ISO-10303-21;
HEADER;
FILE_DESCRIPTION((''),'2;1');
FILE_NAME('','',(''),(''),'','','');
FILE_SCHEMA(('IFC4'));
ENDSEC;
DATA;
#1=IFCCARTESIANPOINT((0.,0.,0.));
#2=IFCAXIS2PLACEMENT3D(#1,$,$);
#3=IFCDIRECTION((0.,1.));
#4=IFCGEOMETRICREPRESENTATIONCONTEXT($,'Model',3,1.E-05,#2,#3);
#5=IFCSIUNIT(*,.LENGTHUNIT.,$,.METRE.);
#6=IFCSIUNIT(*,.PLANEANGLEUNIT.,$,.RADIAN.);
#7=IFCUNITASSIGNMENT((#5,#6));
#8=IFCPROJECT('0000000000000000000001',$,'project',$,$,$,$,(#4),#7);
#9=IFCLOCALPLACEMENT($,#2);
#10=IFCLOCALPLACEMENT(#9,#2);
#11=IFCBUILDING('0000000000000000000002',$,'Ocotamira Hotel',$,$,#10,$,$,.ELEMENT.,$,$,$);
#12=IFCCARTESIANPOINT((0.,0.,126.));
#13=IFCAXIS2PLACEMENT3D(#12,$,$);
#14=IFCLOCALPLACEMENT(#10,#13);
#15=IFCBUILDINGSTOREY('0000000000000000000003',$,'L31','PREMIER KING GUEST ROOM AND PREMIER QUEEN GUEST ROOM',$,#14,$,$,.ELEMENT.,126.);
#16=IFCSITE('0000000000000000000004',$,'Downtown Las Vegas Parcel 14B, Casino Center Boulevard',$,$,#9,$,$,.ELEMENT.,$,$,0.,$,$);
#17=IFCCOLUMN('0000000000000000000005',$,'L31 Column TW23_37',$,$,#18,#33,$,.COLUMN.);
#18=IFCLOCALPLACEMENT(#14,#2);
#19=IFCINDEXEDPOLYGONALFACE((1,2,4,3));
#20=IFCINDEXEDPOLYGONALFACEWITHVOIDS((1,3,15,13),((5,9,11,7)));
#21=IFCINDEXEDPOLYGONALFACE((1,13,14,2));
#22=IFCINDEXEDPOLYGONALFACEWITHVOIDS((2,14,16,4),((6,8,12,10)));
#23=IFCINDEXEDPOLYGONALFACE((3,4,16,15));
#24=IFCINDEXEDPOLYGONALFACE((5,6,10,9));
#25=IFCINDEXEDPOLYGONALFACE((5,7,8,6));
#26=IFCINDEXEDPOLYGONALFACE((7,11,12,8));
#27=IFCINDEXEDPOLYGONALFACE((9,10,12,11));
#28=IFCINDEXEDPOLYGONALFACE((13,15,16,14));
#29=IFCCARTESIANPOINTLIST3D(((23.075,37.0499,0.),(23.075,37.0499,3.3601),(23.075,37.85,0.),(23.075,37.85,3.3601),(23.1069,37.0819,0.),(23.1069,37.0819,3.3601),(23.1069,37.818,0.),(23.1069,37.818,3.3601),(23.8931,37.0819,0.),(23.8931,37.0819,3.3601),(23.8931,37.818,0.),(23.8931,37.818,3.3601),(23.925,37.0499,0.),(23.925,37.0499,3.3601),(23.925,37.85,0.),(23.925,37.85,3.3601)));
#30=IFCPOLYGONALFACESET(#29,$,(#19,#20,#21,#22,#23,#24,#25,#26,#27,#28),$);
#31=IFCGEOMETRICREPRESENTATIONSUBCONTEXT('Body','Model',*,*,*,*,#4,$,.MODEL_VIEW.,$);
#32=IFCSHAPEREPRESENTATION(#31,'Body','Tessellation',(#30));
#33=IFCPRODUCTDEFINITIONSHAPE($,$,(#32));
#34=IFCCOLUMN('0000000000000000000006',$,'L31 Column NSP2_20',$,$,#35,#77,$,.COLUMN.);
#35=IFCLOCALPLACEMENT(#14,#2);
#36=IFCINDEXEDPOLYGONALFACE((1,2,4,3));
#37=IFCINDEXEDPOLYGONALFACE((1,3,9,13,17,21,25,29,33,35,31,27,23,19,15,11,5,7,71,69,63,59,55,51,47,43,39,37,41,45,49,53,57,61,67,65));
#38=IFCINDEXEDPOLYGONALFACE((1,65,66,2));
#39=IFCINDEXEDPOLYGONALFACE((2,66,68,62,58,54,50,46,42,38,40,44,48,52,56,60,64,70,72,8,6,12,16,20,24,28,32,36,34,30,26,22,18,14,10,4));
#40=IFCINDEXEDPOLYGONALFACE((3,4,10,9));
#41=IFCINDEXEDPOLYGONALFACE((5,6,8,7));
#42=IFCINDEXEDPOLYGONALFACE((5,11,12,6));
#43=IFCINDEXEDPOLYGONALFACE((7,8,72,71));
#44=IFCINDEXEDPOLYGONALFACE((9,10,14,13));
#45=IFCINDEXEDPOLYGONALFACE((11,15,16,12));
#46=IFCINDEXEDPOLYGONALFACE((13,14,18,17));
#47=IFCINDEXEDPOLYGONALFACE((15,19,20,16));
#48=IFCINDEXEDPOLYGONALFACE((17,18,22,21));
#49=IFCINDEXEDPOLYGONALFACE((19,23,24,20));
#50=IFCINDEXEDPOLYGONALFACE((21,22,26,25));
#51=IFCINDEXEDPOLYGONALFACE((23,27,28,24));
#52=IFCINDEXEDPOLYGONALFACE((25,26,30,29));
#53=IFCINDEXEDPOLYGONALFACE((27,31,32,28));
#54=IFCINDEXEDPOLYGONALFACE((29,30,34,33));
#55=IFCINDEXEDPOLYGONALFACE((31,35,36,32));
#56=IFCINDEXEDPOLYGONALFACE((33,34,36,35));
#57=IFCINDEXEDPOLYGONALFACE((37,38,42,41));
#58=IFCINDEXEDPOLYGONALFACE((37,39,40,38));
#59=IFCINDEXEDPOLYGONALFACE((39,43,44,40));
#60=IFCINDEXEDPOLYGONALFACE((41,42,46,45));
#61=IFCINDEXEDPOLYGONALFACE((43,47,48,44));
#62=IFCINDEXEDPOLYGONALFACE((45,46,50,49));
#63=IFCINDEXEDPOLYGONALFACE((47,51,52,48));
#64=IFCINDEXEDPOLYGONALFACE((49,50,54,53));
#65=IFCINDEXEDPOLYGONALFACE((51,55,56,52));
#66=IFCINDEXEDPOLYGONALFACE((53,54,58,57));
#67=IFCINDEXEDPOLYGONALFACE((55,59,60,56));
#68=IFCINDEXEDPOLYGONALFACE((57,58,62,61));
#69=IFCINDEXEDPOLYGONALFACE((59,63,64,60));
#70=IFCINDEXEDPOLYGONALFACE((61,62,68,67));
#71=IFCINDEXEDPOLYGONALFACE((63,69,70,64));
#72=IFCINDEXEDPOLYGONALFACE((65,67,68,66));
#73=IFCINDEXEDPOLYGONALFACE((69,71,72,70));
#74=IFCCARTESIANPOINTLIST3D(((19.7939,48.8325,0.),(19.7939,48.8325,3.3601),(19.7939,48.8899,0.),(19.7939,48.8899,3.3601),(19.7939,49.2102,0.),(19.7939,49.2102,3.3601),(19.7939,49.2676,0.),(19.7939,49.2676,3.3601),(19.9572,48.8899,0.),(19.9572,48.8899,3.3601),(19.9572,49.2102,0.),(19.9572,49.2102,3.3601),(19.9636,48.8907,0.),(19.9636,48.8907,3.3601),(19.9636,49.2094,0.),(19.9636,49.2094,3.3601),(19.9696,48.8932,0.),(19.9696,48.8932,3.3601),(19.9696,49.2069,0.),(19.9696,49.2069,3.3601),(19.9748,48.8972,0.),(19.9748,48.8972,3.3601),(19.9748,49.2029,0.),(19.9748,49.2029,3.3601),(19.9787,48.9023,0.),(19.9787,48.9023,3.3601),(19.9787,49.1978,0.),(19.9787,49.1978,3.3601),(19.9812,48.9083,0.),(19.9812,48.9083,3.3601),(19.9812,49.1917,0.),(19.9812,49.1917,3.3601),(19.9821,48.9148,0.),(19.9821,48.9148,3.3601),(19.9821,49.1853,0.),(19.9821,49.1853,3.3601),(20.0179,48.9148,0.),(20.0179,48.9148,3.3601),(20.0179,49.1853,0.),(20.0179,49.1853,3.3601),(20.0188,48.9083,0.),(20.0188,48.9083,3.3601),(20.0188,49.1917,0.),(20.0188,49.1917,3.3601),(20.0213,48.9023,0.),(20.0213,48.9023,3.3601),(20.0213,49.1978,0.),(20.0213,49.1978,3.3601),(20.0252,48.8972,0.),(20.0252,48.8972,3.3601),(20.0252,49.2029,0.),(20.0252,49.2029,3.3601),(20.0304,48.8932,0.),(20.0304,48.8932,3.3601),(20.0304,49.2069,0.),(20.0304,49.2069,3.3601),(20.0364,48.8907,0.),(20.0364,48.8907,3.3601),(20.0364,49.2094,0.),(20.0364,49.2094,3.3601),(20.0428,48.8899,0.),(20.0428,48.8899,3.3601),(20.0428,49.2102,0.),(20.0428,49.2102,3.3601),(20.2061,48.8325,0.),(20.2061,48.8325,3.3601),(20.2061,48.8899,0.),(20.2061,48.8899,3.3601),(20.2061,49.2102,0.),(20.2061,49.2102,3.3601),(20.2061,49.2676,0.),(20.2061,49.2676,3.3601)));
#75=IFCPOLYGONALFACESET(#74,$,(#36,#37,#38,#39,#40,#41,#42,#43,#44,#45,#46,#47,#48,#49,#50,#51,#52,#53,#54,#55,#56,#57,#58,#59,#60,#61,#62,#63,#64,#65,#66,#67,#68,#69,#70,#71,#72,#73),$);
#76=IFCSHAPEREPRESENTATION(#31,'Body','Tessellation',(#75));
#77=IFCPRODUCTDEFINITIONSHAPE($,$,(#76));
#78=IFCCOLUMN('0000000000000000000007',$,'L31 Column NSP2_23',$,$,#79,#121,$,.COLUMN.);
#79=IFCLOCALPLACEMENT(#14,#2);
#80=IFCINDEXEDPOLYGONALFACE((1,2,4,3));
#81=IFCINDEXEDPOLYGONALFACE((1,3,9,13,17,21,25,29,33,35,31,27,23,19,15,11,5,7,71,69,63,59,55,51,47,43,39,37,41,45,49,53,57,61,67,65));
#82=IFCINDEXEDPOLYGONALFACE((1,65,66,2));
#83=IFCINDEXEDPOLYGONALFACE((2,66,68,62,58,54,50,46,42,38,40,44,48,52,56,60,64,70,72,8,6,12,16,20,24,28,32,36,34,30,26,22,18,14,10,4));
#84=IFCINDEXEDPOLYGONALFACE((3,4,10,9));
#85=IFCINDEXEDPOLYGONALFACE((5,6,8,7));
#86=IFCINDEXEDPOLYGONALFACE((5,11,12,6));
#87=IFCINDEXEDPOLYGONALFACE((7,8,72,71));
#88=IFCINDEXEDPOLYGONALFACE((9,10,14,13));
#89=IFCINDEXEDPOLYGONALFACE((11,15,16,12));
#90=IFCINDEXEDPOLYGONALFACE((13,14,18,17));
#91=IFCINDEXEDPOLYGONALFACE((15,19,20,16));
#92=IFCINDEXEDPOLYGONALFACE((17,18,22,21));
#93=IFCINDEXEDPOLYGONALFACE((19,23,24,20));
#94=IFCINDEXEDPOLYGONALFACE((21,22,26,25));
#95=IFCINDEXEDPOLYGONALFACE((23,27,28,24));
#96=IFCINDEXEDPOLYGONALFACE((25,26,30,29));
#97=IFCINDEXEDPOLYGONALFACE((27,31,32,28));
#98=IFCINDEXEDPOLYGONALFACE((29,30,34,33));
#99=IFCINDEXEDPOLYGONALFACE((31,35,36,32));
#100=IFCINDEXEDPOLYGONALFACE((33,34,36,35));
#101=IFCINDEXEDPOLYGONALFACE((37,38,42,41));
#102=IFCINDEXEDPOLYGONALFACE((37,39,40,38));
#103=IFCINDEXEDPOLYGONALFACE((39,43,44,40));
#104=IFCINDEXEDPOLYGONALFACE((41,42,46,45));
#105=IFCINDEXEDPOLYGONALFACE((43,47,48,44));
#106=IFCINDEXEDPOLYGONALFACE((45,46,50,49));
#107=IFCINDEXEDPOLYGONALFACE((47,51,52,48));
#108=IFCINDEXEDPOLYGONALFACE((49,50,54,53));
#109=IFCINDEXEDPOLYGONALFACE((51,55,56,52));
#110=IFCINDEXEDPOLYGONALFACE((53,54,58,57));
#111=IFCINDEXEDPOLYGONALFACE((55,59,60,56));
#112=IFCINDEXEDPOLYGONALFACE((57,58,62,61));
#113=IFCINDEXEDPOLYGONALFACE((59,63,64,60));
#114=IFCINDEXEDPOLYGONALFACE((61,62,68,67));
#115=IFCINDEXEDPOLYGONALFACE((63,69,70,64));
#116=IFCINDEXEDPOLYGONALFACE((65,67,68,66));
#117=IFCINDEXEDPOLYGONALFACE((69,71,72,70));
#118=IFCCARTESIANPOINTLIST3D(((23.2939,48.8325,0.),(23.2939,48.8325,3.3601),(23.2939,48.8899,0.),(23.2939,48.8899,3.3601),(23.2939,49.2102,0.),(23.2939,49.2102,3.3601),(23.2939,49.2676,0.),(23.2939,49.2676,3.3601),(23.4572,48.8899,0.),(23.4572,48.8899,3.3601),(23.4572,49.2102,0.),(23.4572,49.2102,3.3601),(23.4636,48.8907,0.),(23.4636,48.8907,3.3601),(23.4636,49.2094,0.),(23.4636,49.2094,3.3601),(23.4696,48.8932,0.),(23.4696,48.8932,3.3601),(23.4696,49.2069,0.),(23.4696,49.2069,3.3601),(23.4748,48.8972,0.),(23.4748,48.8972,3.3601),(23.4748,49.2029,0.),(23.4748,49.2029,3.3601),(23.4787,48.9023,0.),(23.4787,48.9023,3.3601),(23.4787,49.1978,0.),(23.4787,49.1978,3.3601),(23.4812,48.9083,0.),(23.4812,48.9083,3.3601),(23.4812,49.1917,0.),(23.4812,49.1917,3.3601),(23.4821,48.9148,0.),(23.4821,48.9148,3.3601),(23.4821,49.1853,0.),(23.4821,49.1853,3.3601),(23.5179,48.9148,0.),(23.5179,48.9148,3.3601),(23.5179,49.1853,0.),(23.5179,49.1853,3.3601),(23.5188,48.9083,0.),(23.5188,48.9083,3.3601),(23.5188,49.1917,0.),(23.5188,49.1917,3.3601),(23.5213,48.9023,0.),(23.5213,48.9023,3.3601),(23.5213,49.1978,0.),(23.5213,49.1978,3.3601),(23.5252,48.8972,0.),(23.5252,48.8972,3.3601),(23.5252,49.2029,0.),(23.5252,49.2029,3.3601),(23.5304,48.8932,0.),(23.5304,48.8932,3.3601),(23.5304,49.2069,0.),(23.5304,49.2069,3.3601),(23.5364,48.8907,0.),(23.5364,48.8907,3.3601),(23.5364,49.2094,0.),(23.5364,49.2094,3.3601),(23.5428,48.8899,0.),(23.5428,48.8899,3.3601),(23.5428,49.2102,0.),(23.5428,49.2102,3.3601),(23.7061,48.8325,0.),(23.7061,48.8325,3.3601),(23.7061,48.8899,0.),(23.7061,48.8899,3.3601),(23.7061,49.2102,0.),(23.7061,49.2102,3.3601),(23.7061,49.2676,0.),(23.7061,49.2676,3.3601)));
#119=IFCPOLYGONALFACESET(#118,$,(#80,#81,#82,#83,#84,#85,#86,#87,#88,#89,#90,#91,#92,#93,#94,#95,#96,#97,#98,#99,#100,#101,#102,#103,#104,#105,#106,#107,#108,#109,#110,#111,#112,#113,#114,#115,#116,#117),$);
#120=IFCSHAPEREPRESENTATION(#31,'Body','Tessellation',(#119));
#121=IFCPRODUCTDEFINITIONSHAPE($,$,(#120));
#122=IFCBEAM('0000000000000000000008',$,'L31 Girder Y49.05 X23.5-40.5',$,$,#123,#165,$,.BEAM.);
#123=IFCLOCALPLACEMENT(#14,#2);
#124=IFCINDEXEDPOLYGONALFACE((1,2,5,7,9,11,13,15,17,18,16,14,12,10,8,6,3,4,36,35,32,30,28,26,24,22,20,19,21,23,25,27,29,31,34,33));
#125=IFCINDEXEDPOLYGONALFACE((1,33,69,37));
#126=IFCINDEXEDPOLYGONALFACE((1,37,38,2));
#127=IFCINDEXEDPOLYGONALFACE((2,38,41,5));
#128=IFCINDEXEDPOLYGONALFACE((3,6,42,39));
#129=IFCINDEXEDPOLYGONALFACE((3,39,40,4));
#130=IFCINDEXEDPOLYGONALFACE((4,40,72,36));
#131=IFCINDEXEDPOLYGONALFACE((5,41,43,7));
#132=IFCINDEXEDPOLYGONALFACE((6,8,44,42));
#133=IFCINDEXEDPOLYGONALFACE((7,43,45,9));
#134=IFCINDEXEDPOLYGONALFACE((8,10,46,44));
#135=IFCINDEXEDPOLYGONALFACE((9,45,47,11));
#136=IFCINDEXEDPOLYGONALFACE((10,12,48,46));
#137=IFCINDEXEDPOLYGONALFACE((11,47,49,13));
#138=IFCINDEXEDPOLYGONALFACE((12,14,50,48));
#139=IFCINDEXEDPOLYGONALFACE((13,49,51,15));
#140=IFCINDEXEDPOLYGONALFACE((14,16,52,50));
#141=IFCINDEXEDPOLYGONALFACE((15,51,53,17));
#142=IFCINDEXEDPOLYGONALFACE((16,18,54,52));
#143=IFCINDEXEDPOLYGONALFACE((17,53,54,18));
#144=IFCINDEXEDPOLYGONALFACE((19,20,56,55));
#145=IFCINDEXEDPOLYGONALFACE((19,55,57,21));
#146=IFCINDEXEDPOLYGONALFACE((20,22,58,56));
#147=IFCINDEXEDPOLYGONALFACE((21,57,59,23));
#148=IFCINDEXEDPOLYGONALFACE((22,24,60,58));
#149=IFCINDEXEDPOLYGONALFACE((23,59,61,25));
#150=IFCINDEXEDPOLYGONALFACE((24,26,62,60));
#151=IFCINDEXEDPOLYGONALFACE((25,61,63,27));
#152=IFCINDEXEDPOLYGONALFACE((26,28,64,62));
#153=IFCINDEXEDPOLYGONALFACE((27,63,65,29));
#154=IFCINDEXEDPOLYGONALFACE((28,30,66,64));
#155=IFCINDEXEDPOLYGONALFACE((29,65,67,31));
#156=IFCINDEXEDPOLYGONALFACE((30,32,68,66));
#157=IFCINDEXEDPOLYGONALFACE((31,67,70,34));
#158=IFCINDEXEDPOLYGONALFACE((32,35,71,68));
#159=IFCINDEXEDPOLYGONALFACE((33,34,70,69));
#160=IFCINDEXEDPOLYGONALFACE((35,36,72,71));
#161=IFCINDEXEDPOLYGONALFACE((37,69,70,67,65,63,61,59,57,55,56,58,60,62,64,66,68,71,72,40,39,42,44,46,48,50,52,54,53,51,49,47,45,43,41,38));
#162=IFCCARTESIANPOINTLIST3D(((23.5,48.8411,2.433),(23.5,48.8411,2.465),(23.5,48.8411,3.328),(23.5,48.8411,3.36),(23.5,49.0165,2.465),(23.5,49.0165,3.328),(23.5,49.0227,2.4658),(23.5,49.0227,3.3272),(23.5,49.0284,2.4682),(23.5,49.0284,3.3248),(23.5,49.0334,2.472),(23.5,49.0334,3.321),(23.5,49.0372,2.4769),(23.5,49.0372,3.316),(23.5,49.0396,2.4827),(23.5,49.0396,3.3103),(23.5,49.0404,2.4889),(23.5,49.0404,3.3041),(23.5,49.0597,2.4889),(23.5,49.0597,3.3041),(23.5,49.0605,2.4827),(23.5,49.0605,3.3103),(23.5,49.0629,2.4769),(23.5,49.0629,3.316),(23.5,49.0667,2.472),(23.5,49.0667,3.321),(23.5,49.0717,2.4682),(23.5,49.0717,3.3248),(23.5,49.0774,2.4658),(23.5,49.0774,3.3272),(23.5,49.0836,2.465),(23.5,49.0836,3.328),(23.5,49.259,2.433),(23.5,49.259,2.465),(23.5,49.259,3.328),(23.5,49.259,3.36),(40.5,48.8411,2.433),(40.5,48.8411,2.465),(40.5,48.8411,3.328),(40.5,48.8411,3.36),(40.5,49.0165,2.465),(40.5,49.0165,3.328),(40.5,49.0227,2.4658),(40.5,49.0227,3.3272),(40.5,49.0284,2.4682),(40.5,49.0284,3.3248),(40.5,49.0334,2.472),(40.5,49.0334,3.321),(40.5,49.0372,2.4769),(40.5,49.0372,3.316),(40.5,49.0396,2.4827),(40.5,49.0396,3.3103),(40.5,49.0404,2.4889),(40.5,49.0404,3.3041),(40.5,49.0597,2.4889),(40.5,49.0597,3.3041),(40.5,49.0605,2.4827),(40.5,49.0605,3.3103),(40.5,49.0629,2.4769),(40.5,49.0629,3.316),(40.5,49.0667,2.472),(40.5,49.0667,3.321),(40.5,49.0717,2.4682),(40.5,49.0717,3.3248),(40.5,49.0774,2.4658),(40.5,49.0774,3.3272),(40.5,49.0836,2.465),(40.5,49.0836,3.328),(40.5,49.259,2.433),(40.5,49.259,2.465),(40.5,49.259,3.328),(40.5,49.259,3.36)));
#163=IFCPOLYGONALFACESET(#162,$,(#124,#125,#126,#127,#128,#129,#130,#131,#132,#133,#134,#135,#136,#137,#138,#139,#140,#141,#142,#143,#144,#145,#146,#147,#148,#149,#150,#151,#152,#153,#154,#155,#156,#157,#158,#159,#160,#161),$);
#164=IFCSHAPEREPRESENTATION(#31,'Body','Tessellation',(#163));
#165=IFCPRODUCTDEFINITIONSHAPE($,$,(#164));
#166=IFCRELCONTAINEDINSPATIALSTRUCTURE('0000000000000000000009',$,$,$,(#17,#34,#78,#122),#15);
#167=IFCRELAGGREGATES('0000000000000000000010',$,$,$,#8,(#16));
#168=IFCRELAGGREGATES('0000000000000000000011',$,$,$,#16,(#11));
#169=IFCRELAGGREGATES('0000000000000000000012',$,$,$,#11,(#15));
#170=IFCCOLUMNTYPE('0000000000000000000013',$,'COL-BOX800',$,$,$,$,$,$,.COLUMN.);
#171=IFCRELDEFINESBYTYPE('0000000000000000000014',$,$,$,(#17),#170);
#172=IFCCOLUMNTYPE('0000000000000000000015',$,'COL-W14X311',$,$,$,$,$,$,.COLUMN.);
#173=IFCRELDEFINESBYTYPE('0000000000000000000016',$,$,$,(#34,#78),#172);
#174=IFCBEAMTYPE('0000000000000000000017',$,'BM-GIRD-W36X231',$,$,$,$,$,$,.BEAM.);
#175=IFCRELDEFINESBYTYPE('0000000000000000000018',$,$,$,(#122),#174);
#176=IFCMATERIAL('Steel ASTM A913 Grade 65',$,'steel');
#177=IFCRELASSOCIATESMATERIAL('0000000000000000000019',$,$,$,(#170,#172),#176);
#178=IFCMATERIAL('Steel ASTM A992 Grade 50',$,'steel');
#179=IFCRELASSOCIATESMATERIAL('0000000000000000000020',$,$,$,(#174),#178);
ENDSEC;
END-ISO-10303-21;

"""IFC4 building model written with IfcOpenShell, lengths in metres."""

from ifc_helpers import new_model, si_unit, direction, frame, origin, origin_2d, place, context, subcontext, project, spatial, hollow_rectangle, i_section, extrude, source, transform, mapped, material, material_profile, profile_set, type_object, element, save


model = new_model("IFC4")

# Units and contexts
model_context = context("Model", 3, precision=1e-05, world=origin(), true_north=direction((0.0, 1.0)))
body_context = subcontext(model_context, "Body", "Model", "MODEL_VIEW")
ifc_project = project(units=[si_unit("LENGTHUNIT", "METRE"), si_unit("PLANEANGLEUNIT", "RADIAN")], contexts=[model_context])

# Site, building, storey
site_placement = place(None, origin())
site = spatial("IfcSite", under=ifc_project, at=site_placement, Name="Downtown Las Vegas Parcel 14B, Casino Center Boulevard", CompositionType="ELEMENT", RefElevation=0.0)
building_placement = place(site_placement, origin())
building = spatial("IfcBuilding", under=site, at=building_placement, Name="Ocotamira Hotel", CompositionType="ELEMENT")
storey_placement = place(building_placement, frame((0.0, 0.0, 126.0)))
storey = spatial("IfcBuildingStorey", under=building, at=storey_placement, Name="L31", Description="PREMIER KING GUEST ROOM AND PREMIER QUEEN GUEST ROOM", CompositionType="ELEMENT", Elevation=126.0)

# Columns
ifc_material_1 = material(Name="Steel ASTM A913 Grade 65", Category="steel")
ifc_material_profile_1 = material_profile(ifc_material_1, hollow_rectangle(XDim=0.8501, YDim=0.8, WallThickness=0.032, at=origin_2d()), Name="BOX800X850X32")
ifc_profile_set_1 = profile_set([ifc_material_profile_1], Name="Steel ASTM A913 Grade 65")
column_type_1 = type_object("IfcColumnType", Name="COL-BOX800", PredefinedType="COLUMN", material=ifc_profile_set_1)
shared_shape_1 = source(origin(), body_context, "Body", "SweptSolid", [
    extrude(hollow_rectangle(XDim=0.8501, YDim=0.8, WallThickness=0.032, at=origin_2d()), origin(), (0.0, 0.0, 1.0), 3.3601),
])
column_placement = place(storey_placement, frame((23.5, 37.45, 0.0), z_axis=(0.0, 0.0, 1.0), x_axis=(1.0, 0.0, 0.0)))
element("IfcColumn", 1, at=column_placement, inside=storey, type_object=column_type_1, Name="L31 Column TW23_37", PredefinedType="COLUMN", context=body_context, shape_type="MappedRepresentation", body=[
    mapped(shared_shape_1, transform((0.0, 0.0, 0.0), scale=1.0)),
])
ifc_material_profile_2 = material_profile(ifc_material_1, i_section(OverallWidth=0.4121, OverallDepth=0.4351, WebThickness=0.0359, FlangeThickness=0.0574, FilletRadius=0.0249, at=origin_2d()), Name="W14X311")
ifc_profile_set_2 = profile_set([ifc_material_profile_2], Name="Steel ASTM A913 Grade 65")
column_type_2 = type_object("IfcColumnType", Name="COL-W14X311", PredefinedType="COLUMN", material=ifc_profile_set_2)
shared_shape_2 = source(origin(), body_context, "Body", "SweptSolid", [
    extrude(i_section(OverallWidth=0.4121, OverallDepth=0.4351, WebThickness=0.0359, FlangeThickness=0.0574, FilletRadius=0.0249, at=origin_2d()), origin(), (0.0, 0.0, 1.0), 3.3601),
])
for number, where, z_axis, x_axis, name in (
    (2, (20.0, 49.05, 0.0), (0.0, 0.0, 1.0), (1.0, 0.0, 0.0), "L31 Column NSP2_20"),
    (3, (23.5, 49.05, 0.0), (0.0, 0.0, 1.0), (1.0, 0.0, 0.0), "L31 Column NSP2_23"),
):
    element("IfcColumn", number, at=place(storey_placement, frame(where, z_axis=z_axis, x_axis=x_axis)), inside=storey, type_object=column_type_2, Name=name, PredefinedType="COLUMN", context=body_context, shape_type="MappedRepresentation", body=[
        mapped(shared_shape_2, transform((0.0, 0.0, 0.0), scale=1.0)),
    ])

# Beam
ifc_material_2 = material(Name="Steel ASTM A992 Grade 50", Category="steel")
ifc_material_profile_3 = material_profile(ifc_material_2, i_section(OverallWidth=0.418, OverallDepth=0.927, WebThickness=0.0193, FlangeThickness=0.032, FilletRadius=0.0239, at=origin_2d()), Name="W36X231")
ifc_profile_set_3 = profile_set([ifc_material_profile_3], Name="Steel ASTM A992 Grade 50")
beam_type_1 = type_object("IfcBeamType", Name="BM-GIRD-W36X231", PredefinedType="BEAM", material=ifc_profile_set_3)
shared_shape_3 = source(origin(), body_context, "Body", "SweptSolid", [
    extrude(i_section(OverallWidth=0.418, OverallDepth=0.927, WebThickness=0.0193, FlangeThickness=0.032, FilletRadius=0.0239, at=origin_2d()), origin(), (0.0, 0.0, 1.0), 17.0),
])
beam_1_placement = place(storey_placement, frame((23.5, 49.05, 2.8965), z_axis=(1.0, 0.0, 0.0), x_axis=(0.0, 1.0, 0.0)))
element("IfcBeam", 4, at=beam_1_placement, inside=storey, type_object=beam_type_1, Name="L31 Girder Y49.05 X23.5-40.5", PredefinedType="BEAM", context=body_context, shape_type="MappedRepresentation", body=[
    mapped(shared_shape_3, transform((0.0, 0.0, 0.0), scale=1.0)),
])

save(model, "model.ifc")
